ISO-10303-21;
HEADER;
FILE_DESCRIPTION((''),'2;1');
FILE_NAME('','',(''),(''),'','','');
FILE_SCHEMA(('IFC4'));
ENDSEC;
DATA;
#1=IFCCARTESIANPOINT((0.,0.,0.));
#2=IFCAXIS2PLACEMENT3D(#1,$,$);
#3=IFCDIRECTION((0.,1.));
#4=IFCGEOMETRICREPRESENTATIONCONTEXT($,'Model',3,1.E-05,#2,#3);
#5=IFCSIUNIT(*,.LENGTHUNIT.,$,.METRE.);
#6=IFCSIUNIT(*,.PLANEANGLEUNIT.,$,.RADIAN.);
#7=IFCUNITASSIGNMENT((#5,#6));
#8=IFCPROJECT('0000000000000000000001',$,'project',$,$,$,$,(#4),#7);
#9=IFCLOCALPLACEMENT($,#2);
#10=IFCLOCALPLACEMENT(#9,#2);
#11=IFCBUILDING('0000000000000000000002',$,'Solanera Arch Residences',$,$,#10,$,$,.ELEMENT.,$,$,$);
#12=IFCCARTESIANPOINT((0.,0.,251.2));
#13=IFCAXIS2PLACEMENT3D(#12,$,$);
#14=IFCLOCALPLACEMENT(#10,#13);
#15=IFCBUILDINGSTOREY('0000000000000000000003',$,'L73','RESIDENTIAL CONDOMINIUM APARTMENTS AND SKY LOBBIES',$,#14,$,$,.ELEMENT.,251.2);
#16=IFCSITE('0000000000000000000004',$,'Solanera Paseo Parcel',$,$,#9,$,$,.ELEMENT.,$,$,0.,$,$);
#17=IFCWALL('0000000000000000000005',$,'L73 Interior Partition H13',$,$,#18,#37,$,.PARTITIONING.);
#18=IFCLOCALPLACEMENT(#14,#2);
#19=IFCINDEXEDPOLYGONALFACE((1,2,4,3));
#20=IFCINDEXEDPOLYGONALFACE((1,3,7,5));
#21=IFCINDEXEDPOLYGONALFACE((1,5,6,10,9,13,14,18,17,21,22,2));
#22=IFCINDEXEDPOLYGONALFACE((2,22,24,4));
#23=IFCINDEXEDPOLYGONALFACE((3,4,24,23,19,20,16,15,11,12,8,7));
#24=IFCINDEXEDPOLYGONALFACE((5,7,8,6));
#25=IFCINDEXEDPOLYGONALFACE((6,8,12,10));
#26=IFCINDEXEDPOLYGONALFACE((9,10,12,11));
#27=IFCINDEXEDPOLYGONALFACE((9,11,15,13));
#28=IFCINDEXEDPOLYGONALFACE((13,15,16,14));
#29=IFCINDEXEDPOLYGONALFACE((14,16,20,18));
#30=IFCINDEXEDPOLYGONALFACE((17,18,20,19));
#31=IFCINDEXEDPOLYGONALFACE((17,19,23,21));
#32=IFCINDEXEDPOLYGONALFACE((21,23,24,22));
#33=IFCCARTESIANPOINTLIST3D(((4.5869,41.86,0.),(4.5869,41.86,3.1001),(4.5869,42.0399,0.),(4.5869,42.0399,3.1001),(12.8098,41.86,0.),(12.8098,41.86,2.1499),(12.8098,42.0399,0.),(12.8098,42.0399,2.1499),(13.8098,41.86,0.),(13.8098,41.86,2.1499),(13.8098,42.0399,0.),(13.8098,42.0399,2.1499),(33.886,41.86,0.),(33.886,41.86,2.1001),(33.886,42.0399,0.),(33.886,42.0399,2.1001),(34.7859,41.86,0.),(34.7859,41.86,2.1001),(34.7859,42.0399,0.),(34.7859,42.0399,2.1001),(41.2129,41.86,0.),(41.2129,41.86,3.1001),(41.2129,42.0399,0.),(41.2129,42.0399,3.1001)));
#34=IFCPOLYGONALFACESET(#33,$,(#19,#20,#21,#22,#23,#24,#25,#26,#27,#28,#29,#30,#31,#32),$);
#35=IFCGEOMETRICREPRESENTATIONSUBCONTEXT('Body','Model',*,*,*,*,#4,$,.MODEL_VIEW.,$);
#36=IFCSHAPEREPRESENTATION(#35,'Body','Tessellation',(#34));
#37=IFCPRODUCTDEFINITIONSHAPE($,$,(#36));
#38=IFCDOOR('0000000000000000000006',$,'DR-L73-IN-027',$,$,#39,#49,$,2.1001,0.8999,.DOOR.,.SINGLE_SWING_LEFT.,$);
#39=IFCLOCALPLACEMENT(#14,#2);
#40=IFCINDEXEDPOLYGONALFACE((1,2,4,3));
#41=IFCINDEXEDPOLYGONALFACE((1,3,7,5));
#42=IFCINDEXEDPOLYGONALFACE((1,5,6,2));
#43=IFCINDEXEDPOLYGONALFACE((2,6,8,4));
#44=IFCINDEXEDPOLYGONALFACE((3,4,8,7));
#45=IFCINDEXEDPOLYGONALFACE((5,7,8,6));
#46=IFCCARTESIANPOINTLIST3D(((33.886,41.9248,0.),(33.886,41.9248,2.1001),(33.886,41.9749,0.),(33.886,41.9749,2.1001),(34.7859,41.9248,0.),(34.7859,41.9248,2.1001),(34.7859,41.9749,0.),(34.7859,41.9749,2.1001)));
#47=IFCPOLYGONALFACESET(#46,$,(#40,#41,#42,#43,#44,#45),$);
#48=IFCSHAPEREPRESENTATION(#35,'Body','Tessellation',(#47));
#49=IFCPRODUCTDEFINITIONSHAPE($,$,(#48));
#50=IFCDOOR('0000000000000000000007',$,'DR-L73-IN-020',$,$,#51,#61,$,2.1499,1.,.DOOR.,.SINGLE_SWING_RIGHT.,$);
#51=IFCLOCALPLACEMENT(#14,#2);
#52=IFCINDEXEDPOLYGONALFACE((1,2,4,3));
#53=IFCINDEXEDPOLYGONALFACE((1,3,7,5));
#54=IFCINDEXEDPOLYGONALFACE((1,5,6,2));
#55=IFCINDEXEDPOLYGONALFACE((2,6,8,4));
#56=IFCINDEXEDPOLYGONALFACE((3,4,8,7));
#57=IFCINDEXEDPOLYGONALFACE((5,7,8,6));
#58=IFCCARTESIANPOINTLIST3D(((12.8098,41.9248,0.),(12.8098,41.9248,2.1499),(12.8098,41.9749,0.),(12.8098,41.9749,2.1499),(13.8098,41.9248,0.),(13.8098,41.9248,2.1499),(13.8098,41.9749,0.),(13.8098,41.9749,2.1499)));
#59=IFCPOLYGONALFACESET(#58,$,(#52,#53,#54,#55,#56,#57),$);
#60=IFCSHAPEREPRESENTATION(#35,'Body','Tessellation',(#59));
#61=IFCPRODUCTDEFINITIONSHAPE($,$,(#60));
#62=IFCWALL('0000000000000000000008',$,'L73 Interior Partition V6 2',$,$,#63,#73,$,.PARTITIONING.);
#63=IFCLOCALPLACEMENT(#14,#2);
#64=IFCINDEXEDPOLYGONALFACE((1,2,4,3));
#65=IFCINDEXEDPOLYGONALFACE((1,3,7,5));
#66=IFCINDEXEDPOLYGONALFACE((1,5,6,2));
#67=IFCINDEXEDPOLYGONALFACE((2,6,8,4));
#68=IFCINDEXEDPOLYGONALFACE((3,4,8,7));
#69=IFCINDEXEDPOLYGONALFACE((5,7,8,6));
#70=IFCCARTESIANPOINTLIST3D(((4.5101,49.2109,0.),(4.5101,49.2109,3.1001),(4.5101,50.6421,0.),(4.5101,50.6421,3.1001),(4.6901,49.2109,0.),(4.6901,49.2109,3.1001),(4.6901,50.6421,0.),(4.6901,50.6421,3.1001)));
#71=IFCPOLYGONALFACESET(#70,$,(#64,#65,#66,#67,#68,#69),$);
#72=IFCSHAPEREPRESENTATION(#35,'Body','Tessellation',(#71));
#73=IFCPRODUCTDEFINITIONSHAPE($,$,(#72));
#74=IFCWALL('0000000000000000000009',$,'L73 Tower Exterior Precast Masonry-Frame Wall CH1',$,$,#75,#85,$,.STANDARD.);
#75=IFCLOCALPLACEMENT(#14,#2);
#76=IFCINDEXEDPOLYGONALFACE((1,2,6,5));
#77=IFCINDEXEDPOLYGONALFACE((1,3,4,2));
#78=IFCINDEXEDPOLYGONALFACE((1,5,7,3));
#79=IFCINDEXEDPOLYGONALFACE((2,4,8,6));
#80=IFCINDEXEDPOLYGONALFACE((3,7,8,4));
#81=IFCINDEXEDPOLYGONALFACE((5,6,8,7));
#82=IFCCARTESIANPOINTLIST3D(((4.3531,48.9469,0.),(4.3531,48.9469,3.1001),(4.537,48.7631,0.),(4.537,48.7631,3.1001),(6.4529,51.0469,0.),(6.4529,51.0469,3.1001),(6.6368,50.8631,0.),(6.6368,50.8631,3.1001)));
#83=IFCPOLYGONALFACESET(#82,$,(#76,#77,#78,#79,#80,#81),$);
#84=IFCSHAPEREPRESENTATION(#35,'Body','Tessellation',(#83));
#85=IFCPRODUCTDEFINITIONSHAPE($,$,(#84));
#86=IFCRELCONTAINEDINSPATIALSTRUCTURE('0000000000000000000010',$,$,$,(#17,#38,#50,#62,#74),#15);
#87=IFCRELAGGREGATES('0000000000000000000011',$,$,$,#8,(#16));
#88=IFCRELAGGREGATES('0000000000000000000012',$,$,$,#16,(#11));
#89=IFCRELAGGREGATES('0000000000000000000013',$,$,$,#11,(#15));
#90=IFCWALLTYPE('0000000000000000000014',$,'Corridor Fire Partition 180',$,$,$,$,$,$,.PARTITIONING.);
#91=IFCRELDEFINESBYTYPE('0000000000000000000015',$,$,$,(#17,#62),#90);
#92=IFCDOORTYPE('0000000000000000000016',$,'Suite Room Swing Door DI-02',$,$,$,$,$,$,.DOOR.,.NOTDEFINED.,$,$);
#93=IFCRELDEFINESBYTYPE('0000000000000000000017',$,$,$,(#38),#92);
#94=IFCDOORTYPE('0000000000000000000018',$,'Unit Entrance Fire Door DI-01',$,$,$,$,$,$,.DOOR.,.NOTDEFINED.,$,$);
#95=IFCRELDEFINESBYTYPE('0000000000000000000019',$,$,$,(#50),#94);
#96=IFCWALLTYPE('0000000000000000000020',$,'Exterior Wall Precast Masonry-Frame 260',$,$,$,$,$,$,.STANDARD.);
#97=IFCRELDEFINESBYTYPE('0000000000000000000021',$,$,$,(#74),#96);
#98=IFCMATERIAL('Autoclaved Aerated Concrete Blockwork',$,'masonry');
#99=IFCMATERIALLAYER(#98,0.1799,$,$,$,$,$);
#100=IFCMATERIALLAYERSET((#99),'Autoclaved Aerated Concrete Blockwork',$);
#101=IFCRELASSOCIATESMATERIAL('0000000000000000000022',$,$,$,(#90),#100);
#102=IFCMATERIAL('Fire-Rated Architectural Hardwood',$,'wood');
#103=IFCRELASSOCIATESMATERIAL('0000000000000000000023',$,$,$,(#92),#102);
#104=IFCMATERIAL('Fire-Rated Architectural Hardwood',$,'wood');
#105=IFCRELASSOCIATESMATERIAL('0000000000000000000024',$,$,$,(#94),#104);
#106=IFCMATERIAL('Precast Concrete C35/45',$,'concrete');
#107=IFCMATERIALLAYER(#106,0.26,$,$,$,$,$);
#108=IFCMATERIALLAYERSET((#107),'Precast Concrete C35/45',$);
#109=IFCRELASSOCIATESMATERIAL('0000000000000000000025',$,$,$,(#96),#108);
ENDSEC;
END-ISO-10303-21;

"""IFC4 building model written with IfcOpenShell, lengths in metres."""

from ifc_helpers import new_model, si_unit, direction, frame, frame_2d, origin, place, context, subcontext, project, spatial, rectangle, extrude, material, layer, layer_set, type_object, element, fill, save


model = new_model("IFC4")

# Units and contexts
model_context = context("Model", 3, precision=1e-05, world=origin(), true_north=direction((0.0, 1.0)))
body_context = subcontext(model_context, "Body", "Model", "MODEL_VIEW")
ifc_project = project(units=[si_unit("LENGTHUNIT", "METRE"), si_unit("PLANEANGLEUNIT", "RADIAN")], contexts=[model_context])

# Site, building, storey
site_placement = place(None, origin())
site = spatial("IfcSite", under=ifc_project, at=site_placement, Name="Solanera Paseo Parcel", CompositionType="ELEMENT", RefElevation=0.0)
building_placement = place(site_placement, origin())
building = spatial("IfcBuilding", under=site, at=building_placement, Name="Solanera Arch Residences", CompositionType="ELEMENT")
storey_placement = place(building_placement, frame((0.0, 0.0, 251.2)))
storey = spatial("IfcBuildingStorey", under=building, at=storey_placement, Name="L73", Description="RESIDENTIAL CONDOMINIUM APARTMENTS AND SKY LOBBIES", CompositionType="ELEMENT", Elevation=251.2)

# Wall, openings, doors
ifc_material_1 = material(Name="Autoclaved Aerated Concrete Blockwork", Category="masonry")
ifc_layer_1 = layer(ifc_material_1, 0.1799)
ifc_layer_set_1 = layer_set([ifc_layer_1], Name="Autoclaved Aerated Concrete Blockwork")
wall_type_1 = type_object("IfcWallType", Name="Corridor Fire Partition 180", PredefinedType="PARTITIONING", material=ifc_layer_set_1)
wall_1_placement = place(storey_placement, frame((4.5869, 41.95, 0.0), z_axis=(0.0, 0.0, 1.0), x_axis=(1.0, 0.0, 0.0)))
wall_1 = element("IfcWall", 1, at=wall_1_placement, inside=storey, type_object=wall_type_1, Name="L73 Interior Partition H13", PredefinedType="PARTITIONING", context=body_context, shape_type="SweptSolid", body=[
    extrude(rectangle(XDim=36.626, YDim=0.1799, at=frame_2d((18.313, 0.0))), origin(), (0.0, 0.0, 1.0), 3.1001),
])
opening_1_placement = place(wall_1_placement, frame((8.2229, 0.0, 0.0)))
opening_1 = element("IfcOpeningElement", 2, at=opening_1_placement, cuts=wall_1, PredefinedType="OPENING", context=body_context, shape_type="SweptSolid", body=[
    extrude(rectangle(XDim=1.0, YDim=2.1499, at=frame_2d((0.5, 1.075))), frame((0.0, 0.1001, 0.0), z_axis=(0.0, -1.0, 0.0), x_axis=(1.0, 0.0, 0.0)), (0.0, 0.0, 1.0), 0.1999),
])
opening_2_placement = place(wall_1_placement, frame((29.2991, 0.0, 0.0)))
opening_2 = element("IfcOpeningElement", 3, at=opening_2_placement, cuts=wall_1, PredefinedType="OPENING", context=body_context, shape_type="SweptSolid", body=[
    extrude(rectangle(XDim=0.8999, YDim=2.1001, at=frame_2d((0.45, 1.05))), frame((0.0, 0.1001, 0.0), z_axis=(0.0, -1.0, 0.0), x_axis=(1.0, 0.0, 0.0)), (0.0, 0.0, 1.0), 0.1999),
])
ifc_material_2 = material(Name="Fire-Rated Architectural Hardwood", Category="wood")
door_type_1 = type_object("IfcDoorType", Name="Suite Room Swing Door DI-02", OperationType="NOTDEFINED", PredefinedType="DOOR", material=ifc_material_2)
door_1_placement = place(opening_2_placement, origin())
door_1 = element("IfcDoor", 4, at=door_1_placement, inside=storey, type_object=door_type_1, Name="DR-L73-IN-027", OperationType="SINGLE_SWING_LEFT", OverallHeight=2.1001, OverallWidth=0.8999, PredefinedType="DOOR", context=body_context, shape_type="SweptSolid", body=[
    extrude(rectangle(XDim=0.8999, YDim=2.1001, at=frame_2d((0.45, 1.05))), frame((0.0, 0.0249, 0.0), z_axis=(0.0, -1.0, 0.0), x_axis=(1.0, 0.0, 0.0)), (0.0, 0.0, 1.0), 0.05),
])
fill(opening_2, door_1)
ifc_material_3 = material(Name="Fire-Rated Architectural Hardwood", Category="wood")
door_type_2 = type_object("IfcDoorType", Name="Unit Entrance Fire Door DI-01", OperationType="NOTDEFINED", PredefinedType="DOOR", material=ifc_material_3)
door_2_placement = place(opening_1_placement, origin())
door_2 = element("IfcDoor", 5, at=door_2_placement, inside=storey, type_object=door_type_2, Name="DR-L73-IN-020", OperationType="SINGLE_SWING_RIGHT", OverallHeight=2.1499, OverallWidth=1.0, PredefinedType="DOOR", context=body_context, shape_type="SweptSolid", body=[
    extrude(rectangle(XDim=1.0, YDim=2.1499, at=frame_2d((0.5, 1.075))), frame((0.0, 0.0249, 0.0), z_axis=(0.0, -1.0, 0.0), x_axis=(1.0, 0.0, 0.0)), (0.0, 0.0, 1.0), 0.05),
])
fill(opening_1, door_2)

# Walls
wall_2_placement = place(storey_placement, frame((4.6001, 49.2109, 0.0), z_axis=(0.0, 0.0, 1.0), x_axis=(0.0, 1.0, 0.0)))
element("IfcWall", 6, at=wall_2_placement, inside=storey, type_object=wall_type_1, Name="L73 Interior Partition V6 2", PredefinedType="PARTITIONING", context=body_context, shape_type="SweptSolid", body=[
    extrude(rectangle(XDim=1.4312, YDim=0.1799, at=frame_2d((0.7156, 0.0))), origin(), (0.0, 0.0, 1.0), 3.1001),
])
ifc_material_4 = material(Name="Precast Concrete C35/45", Category="concrete")
ifc_layer_2 = layer(ifc_material_4, 0.26)
ifc_layer_set_2 = layer_set([ifc_layer_2], Name="Precast Concrete C35/45")
wall_type_2 = type_object("IfcWallType", Name="Exterior Wall Precast Masonry-Frame 260", PredefinedType="STANDARD", material=ifc_layer_set_2)
wall_3_placement = place(storey_placement, frame((4.4451, 48.855, 0.0), z_axis=(0.0, 0.0, 1.0), x_axis=(0.707066, 0.707148, 0.0)))
element("IfcWall", 7, at=wall_3_placement, inside=storey, type_object=wall_type_2, Name="L73 Tower Exterior Precast Masonry-Frame Wall CH1", PredefinedType="STANDARD", context=body_context, shape_type="SweptSolid", body=[
    extrude(rectangle(XDim=2.9697, YDim=0.26, at=frame_2d((1.4849, 0.0))), origin(), (0.0, 0.0, 1.0), 3.1001),
])

save(model, "model.ifc")
